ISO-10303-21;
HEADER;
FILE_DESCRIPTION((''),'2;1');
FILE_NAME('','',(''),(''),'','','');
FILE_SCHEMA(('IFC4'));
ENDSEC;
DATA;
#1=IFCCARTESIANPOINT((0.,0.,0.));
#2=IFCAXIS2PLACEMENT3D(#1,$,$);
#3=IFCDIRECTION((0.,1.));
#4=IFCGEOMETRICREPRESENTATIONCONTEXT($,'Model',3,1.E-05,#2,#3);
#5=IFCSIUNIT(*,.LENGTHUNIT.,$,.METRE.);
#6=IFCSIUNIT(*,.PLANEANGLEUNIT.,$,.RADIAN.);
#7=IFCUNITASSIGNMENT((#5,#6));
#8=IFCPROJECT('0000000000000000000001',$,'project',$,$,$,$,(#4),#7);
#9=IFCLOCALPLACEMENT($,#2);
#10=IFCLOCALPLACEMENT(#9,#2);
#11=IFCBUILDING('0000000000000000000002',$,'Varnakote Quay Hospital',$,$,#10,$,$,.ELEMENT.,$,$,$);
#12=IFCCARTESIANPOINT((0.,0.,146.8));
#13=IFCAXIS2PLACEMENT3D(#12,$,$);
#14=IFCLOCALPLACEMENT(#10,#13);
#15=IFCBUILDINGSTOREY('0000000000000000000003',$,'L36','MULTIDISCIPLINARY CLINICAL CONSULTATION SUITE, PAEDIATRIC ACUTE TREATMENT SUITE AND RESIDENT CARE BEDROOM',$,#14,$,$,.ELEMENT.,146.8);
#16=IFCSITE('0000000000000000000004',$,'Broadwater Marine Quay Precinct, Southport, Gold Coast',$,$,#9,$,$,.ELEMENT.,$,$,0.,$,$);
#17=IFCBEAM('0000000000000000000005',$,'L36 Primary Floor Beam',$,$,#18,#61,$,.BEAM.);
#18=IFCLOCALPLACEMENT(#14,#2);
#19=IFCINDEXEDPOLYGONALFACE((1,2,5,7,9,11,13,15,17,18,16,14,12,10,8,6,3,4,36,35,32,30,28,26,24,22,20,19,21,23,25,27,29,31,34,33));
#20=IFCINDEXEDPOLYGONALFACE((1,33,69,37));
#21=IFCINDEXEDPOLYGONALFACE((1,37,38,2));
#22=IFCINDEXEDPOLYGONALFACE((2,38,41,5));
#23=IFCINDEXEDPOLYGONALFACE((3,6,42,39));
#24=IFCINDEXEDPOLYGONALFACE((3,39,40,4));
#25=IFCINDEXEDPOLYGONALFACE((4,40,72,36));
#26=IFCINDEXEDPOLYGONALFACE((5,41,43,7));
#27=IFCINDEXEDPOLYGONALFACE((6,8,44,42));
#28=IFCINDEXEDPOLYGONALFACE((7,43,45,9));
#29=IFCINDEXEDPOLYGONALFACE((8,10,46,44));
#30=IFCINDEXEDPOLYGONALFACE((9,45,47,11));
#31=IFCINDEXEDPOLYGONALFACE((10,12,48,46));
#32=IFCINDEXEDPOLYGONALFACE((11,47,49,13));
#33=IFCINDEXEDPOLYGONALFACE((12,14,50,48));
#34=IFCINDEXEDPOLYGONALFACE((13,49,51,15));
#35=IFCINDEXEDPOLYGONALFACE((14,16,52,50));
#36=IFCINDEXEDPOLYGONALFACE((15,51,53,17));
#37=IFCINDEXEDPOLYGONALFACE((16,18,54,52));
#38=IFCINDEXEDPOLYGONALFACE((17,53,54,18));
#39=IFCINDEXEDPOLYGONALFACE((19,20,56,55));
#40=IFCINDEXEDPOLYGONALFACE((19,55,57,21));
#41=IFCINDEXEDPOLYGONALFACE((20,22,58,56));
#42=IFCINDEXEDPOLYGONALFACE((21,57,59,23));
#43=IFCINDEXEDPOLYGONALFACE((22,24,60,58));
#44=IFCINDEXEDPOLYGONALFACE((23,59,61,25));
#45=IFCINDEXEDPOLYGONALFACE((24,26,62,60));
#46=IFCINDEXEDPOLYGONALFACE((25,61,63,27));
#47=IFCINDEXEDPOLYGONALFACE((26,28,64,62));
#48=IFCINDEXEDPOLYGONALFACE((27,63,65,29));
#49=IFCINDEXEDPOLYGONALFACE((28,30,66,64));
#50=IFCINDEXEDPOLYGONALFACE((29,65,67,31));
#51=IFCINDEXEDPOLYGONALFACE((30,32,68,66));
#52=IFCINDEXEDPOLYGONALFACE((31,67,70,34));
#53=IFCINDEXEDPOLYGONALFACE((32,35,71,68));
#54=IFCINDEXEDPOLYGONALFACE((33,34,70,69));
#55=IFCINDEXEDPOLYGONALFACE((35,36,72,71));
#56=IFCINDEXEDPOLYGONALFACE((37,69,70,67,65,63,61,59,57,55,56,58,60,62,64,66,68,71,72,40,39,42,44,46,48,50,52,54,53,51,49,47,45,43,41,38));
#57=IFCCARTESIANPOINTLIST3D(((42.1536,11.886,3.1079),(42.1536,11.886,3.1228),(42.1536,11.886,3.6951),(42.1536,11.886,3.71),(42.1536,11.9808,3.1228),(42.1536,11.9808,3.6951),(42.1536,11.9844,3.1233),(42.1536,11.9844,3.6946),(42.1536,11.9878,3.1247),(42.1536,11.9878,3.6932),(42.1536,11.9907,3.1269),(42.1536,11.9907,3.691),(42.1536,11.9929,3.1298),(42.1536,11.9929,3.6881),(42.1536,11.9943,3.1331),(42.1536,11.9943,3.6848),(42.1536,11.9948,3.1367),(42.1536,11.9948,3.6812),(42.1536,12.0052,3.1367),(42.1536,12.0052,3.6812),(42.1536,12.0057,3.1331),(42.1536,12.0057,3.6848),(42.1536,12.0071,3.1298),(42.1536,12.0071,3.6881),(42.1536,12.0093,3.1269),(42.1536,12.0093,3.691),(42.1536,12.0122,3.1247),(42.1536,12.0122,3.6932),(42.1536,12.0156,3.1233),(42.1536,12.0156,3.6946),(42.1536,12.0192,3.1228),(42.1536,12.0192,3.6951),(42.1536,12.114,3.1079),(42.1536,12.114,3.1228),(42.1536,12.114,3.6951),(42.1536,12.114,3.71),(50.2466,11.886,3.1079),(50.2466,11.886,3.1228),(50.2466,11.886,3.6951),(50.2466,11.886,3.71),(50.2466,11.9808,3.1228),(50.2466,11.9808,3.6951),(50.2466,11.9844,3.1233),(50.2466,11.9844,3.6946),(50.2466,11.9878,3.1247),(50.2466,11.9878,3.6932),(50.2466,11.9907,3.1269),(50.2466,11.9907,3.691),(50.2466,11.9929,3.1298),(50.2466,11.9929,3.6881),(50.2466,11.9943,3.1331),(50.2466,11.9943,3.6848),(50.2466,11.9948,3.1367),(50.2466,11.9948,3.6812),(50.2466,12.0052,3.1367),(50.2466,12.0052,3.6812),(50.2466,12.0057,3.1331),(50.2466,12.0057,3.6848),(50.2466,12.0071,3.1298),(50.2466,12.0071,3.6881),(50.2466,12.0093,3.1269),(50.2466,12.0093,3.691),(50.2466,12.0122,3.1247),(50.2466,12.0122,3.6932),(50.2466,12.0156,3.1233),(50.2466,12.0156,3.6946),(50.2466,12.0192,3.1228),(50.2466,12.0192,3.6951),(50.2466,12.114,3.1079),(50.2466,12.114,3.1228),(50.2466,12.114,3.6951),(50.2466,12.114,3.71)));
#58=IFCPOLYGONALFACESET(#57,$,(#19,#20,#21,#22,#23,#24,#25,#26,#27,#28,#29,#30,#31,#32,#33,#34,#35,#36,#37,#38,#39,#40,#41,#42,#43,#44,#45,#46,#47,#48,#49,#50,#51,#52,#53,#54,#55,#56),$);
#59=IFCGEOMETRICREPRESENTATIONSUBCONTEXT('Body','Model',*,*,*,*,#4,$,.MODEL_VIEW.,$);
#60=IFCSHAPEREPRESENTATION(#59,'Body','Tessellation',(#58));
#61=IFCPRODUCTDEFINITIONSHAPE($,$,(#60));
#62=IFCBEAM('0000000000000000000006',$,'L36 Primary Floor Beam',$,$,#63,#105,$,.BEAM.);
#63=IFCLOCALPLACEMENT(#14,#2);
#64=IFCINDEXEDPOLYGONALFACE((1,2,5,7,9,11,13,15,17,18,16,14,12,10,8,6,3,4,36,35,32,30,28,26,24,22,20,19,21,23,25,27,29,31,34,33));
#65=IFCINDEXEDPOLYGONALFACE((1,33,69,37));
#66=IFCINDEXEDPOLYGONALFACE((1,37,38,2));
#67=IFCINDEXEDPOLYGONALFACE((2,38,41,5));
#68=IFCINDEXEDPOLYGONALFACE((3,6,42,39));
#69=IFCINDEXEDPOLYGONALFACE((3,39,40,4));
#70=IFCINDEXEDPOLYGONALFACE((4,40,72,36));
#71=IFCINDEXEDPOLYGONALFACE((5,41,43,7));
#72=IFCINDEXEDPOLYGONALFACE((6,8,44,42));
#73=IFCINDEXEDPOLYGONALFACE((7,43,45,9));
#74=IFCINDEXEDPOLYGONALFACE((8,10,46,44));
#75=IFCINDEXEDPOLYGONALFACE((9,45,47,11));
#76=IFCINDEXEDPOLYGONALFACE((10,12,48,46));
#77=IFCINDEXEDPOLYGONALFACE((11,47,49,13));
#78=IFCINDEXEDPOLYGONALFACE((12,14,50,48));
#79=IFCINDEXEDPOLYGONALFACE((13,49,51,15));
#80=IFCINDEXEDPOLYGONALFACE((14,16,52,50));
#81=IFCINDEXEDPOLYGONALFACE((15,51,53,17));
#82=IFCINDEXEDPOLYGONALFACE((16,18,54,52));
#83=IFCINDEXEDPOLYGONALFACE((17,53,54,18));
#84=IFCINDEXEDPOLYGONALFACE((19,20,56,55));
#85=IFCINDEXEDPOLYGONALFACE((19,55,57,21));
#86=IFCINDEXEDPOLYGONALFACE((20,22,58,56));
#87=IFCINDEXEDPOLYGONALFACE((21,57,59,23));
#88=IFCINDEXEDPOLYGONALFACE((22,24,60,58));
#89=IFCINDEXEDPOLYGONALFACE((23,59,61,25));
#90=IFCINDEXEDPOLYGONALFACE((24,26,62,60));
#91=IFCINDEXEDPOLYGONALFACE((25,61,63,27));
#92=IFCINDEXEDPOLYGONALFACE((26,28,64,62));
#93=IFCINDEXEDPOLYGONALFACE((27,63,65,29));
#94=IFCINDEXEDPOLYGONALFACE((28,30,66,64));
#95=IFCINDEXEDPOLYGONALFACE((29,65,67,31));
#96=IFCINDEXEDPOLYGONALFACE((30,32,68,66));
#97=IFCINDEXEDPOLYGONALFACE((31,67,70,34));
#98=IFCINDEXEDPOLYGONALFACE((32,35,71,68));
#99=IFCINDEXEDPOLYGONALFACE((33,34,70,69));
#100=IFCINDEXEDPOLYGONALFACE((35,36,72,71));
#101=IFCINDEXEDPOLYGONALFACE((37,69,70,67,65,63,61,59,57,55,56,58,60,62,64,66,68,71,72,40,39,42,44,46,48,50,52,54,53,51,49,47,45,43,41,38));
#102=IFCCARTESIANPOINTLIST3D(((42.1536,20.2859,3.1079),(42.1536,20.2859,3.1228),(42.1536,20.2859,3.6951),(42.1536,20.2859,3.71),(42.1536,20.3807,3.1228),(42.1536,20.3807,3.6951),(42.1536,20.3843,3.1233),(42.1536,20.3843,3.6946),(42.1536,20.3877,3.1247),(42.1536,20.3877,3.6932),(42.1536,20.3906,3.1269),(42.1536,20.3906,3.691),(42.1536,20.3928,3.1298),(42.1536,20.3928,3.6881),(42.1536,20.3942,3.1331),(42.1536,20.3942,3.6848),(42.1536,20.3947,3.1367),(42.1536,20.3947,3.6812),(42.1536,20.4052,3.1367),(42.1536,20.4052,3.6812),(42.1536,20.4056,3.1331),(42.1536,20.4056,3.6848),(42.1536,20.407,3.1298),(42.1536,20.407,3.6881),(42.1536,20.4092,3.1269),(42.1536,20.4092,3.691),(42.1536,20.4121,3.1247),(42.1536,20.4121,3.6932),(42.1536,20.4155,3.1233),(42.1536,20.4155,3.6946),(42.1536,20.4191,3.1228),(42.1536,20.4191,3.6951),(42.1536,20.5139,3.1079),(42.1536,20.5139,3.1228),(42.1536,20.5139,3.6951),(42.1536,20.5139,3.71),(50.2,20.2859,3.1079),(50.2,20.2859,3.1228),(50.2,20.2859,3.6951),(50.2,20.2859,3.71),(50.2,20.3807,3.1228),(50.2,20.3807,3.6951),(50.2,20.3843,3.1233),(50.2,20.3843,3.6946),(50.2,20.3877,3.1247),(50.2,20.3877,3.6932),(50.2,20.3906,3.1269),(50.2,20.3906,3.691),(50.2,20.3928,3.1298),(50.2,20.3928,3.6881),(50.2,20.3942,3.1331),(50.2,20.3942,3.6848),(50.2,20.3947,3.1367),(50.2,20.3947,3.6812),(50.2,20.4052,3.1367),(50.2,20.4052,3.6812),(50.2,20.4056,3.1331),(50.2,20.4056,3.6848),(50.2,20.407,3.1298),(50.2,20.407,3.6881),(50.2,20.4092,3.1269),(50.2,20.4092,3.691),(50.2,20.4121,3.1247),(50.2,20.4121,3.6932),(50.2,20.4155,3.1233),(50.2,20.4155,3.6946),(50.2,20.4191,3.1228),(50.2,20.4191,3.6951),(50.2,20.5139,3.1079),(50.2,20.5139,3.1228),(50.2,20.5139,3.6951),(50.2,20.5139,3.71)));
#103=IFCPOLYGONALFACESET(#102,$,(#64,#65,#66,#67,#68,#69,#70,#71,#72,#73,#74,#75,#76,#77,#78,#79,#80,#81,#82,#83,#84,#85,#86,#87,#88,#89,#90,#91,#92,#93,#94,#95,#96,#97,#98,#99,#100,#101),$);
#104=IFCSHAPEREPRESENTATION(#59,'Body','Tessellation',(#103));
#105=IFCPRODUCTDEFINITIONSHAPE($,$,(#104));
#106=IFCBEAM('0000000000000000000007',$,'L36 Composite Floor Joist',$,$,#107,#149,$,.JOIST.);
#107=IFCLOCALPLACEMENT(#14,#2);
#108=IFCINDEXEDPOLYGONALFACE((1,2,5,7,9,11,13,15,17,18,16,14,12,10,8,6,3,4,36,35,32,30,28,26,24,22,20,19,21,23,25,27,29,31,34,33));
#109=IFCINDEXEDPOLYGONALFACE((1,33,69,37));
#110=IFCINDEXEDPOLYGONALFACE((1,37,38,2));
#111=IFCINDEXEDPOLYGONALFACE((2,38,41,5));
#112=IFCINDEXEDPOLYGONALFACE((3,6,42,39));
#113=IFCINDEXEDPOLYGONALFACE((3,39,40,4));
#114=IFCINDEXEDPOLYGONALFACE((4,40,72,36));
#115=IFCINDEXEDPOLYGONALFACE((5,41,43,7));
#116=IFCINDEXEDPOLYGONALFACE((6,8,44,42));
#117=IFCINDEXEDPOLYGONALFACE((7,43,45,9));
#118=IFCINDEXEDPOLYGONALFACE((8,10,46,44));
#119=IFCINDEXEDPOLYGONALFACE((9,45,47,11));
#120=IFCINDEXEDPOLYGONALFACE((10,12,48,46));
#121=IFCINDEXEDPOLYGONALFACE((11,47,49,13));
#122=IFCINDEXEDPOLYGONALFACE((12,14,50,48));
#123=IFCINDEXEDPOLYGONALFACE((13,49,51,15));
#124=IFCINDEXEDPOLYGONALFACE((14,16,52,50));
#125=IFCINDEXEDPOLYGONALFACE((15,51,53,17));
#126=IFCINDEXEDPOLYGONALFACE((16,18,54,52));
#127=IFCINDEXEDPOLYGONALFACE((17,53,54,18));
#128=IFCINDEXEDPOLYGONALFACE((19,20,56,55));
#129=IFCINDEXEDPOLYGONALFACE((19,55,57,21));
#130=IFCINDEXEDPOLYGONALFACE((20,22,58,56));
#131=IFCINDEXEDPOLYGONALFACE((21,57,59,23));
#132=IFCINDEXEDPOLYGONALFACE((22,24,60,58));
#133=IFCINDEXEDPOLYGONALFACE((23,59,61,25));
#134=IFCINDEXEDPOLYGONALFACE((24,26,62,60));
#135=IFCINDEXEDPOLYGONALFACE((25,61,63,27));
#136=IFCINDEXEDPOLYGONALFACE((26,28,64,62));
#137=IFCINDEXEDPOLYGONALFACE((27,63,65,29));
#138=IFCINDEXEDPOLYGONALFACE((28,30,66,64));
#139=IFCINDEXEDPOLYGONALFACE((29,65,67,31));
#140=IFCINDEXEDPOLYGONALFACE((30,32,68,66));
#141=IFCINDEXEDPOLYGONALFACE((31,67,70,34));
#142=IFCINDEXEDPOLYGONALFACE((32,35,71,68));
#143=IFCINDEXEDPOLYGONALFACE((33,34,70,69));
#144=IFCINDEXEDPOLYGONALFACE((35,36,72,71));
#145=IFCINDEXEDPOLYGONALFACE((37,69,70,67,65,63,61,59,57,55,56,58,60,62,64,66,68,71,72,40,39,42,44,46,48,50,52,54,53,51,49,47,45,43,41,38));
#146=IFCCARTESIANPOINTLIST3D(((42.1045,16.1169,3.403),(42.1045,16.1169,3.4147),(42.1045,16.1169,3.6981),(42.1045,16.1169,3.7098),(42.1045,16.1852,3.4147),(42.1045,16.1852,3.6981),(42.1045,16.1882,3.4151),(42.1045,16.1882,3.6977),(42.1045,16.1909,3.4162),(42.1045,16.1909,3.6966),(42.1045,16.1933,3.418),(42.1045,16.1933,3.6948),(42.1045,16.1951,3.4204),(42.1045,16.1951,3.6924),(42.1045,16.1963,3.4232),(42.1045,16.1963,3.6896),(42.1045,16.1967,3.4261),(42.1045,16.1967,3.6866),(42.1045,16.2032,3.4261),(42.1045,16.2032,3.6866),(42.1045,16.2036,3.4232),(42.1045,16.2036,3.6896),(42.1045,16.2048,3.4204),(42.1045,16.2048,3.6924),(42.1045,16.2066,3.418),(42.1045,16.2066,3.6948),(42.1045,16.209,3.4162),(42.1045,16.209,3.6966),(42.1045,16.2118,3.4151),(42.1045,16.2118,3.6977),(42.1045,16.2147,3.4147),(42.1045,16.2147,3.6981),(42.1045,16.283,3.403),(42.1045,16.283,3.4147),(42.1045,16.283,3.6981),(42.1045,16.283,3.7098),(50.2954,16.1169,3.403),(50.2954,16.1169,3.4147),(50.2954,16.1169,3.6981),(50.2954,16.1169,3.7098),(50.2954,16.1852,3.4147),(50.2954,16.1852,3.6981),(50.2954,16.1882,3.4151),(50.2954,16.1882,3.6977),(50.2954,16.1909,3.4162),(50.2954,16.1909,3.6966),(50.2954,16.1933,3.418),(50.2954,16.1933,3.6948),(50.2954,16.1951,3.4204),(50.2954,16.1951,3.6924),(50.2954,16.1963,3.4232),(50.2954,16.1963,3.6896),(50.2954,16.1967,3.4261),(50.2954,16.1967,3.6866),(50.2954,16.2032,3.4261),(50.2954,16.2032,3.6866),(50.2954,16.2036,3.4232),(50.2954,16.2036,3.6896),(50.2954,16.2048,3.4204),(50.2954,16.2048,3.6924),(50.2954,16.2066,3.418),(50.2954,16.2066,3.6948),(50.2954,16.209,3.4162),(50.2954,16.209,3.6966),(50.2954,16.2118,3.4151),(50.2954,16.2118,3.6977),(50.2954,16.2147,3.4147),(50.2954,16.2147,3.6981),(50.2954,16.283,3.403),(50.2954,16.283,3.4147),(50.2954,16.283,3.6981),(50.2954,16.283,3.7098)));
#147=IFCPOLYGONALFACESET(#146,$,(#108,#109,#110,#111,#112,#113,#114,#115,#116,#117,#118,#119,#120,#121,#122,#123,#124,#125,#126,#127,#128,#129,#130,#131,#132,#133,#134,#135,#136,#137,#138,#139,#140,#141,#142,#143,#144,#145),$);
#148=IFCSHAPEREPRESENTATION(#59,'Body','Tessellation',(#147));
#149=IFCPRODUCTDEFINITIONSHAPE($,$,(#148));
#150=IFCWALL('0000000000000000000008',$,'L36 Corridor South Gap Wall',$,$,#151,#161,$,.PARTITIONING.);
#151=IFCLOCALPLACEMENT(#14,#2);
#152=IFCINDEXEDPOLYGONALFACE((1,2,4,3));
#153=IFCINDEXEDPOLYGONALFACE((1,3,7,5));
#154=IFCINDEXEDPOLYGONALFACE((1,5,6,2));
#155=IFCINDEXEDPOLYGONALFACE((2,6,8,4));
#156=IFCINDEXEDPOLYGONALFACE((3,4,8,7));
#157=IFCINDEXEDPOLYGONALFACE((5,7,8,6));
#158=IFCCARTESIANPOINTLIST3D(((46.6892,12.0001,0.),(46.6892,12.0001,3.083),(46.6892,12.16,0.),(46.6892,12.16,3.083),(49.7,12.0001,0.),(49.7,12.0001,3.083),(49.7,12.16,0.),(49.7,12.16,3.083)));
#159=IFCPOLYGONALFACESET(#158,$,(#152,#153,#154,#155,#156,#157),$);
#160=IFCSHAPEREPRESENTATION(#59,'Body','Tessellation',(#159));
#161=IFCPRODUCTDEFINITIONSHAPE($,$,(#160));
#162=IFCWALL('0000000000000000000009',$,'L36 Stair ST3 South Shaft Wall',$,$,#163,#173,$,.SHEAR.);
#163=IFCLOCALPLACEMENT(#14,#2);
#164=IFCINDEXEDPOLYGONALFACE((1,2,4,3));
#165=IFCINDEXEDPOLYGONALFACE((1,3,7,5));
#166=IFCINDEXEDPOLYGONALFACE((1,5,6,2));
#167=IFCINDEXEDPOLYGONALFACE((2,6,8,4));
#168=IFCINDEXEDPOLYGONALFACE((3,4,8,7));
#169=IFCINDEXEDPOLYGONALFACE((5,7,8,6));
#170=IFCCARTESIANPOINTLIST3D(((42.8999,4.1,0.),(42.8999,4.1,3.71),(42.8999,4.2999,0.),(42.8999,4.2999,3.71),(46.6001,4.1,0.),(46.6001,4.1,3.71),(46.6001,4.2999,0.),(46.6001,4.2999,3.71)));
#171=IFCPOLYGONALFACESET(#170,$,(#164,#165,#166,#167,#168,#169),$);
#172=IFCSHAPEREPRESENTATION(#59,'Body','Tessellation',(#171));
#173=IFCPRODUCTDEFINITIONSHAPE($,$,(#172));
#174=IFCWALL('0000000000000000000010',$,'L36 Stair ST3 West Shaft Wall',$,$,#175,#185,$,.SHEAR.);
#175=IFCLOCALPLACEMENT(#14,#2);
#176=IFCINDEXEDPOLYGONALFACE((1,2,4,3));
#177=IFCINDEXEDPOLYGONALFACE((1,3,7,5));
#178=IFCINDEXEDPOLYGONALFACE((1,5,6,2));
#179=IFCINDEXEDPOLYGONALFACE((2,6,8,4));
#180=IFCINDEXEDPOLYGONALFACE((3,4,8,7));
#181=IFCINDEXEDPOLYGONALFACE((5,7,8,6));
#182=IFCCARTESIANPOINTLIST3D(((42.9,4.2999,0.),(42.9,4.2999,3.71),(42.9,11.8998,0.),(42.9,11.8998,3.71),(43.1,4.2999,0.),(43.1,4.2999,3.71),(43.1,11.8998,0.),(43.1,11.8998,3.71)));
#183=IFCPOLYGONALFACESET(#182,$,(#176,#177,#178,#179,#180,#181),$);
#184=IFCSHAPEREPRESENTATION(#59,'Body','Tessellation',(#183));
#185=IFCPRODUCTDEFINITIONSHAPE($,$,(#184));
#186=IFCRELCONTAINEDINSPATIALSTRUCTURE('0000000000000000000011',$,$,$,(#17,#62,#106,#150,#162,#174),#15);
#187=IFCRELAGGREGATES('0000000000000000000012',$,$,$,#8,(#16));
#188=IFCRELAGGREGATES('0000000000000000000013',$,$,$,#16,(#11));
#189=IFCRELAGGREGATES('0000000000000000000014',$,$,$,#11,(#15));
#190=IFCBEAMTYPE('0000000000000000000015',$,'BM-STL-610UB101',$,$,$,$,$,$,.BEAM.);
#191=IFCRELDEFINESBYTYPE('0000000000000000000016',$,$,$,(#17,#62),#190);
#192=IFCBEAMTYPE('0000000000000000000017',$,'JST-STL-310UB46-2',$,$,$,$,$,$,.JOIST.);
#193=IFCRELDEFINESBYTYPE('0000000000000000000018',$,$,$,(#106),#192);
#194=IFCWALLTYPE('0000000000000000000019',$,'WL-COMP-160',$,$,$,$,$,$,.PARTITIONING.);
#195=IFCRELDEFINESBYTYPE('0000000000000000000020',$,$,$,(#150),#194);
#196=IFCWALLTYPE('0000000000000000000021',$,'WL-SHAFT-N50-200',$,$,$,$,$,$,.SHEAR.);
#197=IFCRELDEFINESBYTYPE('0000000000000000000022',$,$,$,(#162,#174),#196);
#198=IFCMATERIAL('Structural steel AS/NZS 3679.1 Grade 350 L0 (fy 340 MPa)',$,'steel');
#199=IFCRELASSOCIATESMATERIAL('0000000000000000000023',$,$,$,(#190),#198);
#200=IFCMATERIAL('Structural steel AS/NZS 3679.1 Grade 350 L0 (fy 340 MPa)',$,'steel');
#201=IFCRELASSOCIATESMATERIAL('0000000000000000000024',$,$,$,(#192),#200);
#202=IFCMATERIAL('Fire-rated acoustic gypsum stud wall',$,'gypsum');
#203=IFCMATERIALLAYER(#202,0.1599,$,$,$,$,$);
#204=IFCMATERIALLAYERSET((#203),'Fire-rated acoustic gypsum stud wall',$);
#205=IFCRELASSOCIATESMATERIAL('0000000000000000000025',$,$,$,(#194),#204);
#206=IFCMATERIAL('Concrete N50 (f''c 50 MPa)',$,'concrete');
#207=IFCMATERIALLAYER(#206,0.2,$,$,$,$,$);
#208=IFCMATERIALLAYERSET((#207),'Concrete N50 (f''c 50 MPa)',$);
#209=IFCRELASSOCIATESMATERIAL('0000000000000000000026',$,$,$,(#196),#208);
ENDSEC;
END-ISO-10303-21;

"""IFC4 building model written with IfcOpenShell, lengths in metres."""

from ifc_helpers import new_model, si_unit, direction, frame, frame_2d, origin, origin_2d, place, context, subcontext, project, spatial, rectangle, i_section, extrude, material, layer, layer_set, material_profile, profile_set, type_object, element, save


model = new_model("IFC4")

# Units and contexts
model_context = context("Model", 3, precision=1e-05, world=origin(), true_north=direction((0.0, 1.0)))
body_context = subcontext(model_context, "Body", "Model", "MODEL_VIEW")
ifc_project = project(units=[si_unit("LENGTHUNIT", "METRE"), si_unit("PLANEANGLEUNIT", "RADIAN")], contexts=[model_context])

# Site, building, storey
site_placement = place(None, origin())
site = spatial("IfcSite", under=ifc_project, at=site_placement, Name="Broadwater Marine Quay Precinct, Southport, Gold Coast", CompositionType="ELEMENT", RefElevation=0.0)
building_placement = place(site_placement, origin())
building = spatial("IfcBuilding", under=site, at=building_placement, Name="Varnakote Quay Hospital", CompositionType="ELEMENT")
storey_placement = place(building_placement, frame((0.0, 0.0, 146.8)))
storey = spatial("IfcBuildingStorey", under=building, at=storey_placement, Name="L36", Description="MULTIDISCIPLINARY CLINICAL CONSULTATION SUITE, PAEDIATRIC ACUTE TREATMENT SUITE AND RESIDENT CARE BEDROOM", CompositionType="ELEMENT", Elevation=146.8)

# Beams
ifc_material_1 = material(Name="Structural steel AS/NZS 3679.1 Grade 350 L0 (fy 340 MPa)", Category="steel")
ifc_material_profile_1 = material_profile(ifc_material_1, i_section(OverallWidth=0.228, OverallDepth=0.6021, WebThickness=0.0105, FlangeThickness=0.0149, FilletRadius=0.0139, at=origin_2d()), Name="610UB101")
ifc_profile_set_1 = profile_set([ifc_material_profile_1], Name="Structural steel AS/NZS 3679.1 Grade 350 L0 (fy 340 MPa)")
beam_type_1 = type_object("IfcBeamType", Name="BM-STL-610UB101", PredefinedType="BEAM", material=ifc_profile_set_1)
beam_1_placement = place(storey_placement, frame((42.1536, 12.0, 3.4089), z_axis=(1.0, 0.0, 0.0), x_axis=(0.0, 1.0, 0.0)))
element("IfcBeam", 1, at=beam_1_placement, inside=storey, type_object=beam_type_1, Name="L36 Primary Floor Beam", PredefinedType="BEAM", context=body_context, shape_type="SweptSolid", body=[
    extrude(i_section(OverallWidth=0.228, OverallDepth=0.6021, WebThickness=0.0105, FlangeThickness=0.0149, FilletRadius=0.0139, at=origin_2d()), origin(), (0.0, 0.0, 1.0), 8.093),
])
beam_2_placement = place(storey_placement, frame((42.1536, 20.3999, 3.4089), z_axis=(1.0, 0.0, 0.0), x_axis=(0.0, 1.0, 0.0)))
element("IfcBeam", 2, at=beam_2_placement, inside=storey, type_object=beam_type_1, Name="L36 Primary Floor Beam", PredefinedType="BEAM", context=body_context, shape_type="SweptSolid", body=[
    extrude(i_section(OverallWidth=0.228, OverallDepth=0.6021, WebThickness=0.0105, FlangeThickness=0.0149, FilletRadius=0.0139, at=origin_2d()), origin(), (0.0, 0.0, 1.0), 8.0464),
])
ifc_material_2 = material(Name="Structural steel AS/NZS 3679.1 Grade 350 L0 (fy 340 MPa)", Category="steel")
ifc_material_profile_2 = material_profile(ifc_material_2, i_section(OverallWidth=0.166, OverallDepth=0.3069, WebThickness=0.0066, FlangeThickness=0.0117, FilletRadius=0.0115, at=origin_2d()), Name="310UB46.2")
ifc_profile_set_2 = profile_set([ifc_material_profile_2], Name="Structural steel AS/NZS 3679.1 Grade 350 L0 (fy 340 MPa)")
beam_type_2 = type_object("IfcBeamType", Name="JST-STL-310UB46-2", PredefinedType="JOIST", material=ifc_profile_set_2)
beam_3_placement = place(storey_placement, frame((42.1045, 16.2, 3.5564), z_axis=(1.0, 0.0, 0.0), x_axis=(0.0, 1.0, 0.0)))
element("IfcBeam", 3, at=beam_3_placement, inside=storey, type_object=beam_type_2, Name="L36 Composite Floor Joist", PredefinedType="JOIST", context=body_context, shape_type="SweptSolid", body=[
    extrude(i_section(OverallWidth=0.166, OverallDepth=0.3069, WebThickness=0.0066, FlangeThickness=0.0117, FilletRadius=0.0115, at=origin_2d()), origin(), (0.0, 0.0, 1.0), 8.1909),
])

# Walls
ifc_material_3 = material(Name="Fire-rated acoustic gypsum stud wall", Category="gypsum")
ifc_layer_1 = layer(ifc_material_3, 0.1599)
ifc_layer_set_1 = layer_set([ifc_layer_1], Name="Fire-rated acoustic gypsum stud wall")
wall_type_1 = type_object("IfcWallType", Name="WL-COMP-160", PredefinedType="PARTITIONING", material=ifc_layer_set_1)
wall_1_placement = place(storey_placement, frame((46.6892, 12.0801, 0.0), z_axis=(0.0, 0.0, 1.0), x_axis=(1.0, 0.0, 0.0)))
element("IfcWall", 4, at=wall_1_placement, inside=storey, type_object=wall_type_1, Name="L36 Corridor South Gap Wall", PredefinedType="PARTITIONING", context=body_context, shape_type="SweptSolid", body=[
    extrude(rectangle(XDim=3.0107, YDim=0.1599, at=frame_2d((1.5054, 0.0))), origin(), (0.0, 0.0, 1.0), 3.083),
])
ifc_material_4 = material(Name="Concrete N50 (f'c 50 MPa)", Category="concrete")
ifc_layer_2 = layer(ifc_material_4, 0.2)
ifc_layer_set_2 = layer_set([ifc_layer_2], Name="Concrete N50 (f'c 50 MPa)")
wall_type_2 = type_object("IfcWallType", Name="WL-SHAFT-N50-200", PredefinedType="SHEAR", material=ifc_layer_set_2)
wall_2_placement = place(storey_placement, frame((42.8999, 4.2, 0.0), z_axis=(0.0, 0.0, 1.0), x_axis=(1.0, 0.0, 0.0)))
element("IfcWall", 5, at=wall_2_placement, inside=storey, type_object=wall_type_2, Name="L36 Stair ST3 South Shaft Wall", PredefinedType="SHEAR", context=body_context, shape_type="SweptSolid", body=[
    extrude(rectangle(XDim=3.7002, YDim=0.2, at=frame_2d((1.8501, 0.0))), origin(), (0.0, 0.0, 1.0), 3.71),
])
for number, where, z_axis, x_axis, name in (
    (6, (43.0, 4.3, 0.0), (0.0, 0.0, 1.0), (0.0, 1.0, 0.0), "L36 Stair ST3 West Shaft Wall"),
):
    element("IfcWall", number, at=place(storey_placement, frame(where, z_axis=z_axis, x_axis=x_axis)), inside=storey, type_object=wall_type_2, Name=name, PredefinedType="SHEAR", context=body_context, shape_type="SweptSolid", body=[
        extrude(rectangle(XDim=7.5999, YDim=0.2, at=frame_2d((3.7998, 0.0))), origin(), (0.0, 0.0, 1.0), 3.71),
    ])

save(model, "model.ifc")
